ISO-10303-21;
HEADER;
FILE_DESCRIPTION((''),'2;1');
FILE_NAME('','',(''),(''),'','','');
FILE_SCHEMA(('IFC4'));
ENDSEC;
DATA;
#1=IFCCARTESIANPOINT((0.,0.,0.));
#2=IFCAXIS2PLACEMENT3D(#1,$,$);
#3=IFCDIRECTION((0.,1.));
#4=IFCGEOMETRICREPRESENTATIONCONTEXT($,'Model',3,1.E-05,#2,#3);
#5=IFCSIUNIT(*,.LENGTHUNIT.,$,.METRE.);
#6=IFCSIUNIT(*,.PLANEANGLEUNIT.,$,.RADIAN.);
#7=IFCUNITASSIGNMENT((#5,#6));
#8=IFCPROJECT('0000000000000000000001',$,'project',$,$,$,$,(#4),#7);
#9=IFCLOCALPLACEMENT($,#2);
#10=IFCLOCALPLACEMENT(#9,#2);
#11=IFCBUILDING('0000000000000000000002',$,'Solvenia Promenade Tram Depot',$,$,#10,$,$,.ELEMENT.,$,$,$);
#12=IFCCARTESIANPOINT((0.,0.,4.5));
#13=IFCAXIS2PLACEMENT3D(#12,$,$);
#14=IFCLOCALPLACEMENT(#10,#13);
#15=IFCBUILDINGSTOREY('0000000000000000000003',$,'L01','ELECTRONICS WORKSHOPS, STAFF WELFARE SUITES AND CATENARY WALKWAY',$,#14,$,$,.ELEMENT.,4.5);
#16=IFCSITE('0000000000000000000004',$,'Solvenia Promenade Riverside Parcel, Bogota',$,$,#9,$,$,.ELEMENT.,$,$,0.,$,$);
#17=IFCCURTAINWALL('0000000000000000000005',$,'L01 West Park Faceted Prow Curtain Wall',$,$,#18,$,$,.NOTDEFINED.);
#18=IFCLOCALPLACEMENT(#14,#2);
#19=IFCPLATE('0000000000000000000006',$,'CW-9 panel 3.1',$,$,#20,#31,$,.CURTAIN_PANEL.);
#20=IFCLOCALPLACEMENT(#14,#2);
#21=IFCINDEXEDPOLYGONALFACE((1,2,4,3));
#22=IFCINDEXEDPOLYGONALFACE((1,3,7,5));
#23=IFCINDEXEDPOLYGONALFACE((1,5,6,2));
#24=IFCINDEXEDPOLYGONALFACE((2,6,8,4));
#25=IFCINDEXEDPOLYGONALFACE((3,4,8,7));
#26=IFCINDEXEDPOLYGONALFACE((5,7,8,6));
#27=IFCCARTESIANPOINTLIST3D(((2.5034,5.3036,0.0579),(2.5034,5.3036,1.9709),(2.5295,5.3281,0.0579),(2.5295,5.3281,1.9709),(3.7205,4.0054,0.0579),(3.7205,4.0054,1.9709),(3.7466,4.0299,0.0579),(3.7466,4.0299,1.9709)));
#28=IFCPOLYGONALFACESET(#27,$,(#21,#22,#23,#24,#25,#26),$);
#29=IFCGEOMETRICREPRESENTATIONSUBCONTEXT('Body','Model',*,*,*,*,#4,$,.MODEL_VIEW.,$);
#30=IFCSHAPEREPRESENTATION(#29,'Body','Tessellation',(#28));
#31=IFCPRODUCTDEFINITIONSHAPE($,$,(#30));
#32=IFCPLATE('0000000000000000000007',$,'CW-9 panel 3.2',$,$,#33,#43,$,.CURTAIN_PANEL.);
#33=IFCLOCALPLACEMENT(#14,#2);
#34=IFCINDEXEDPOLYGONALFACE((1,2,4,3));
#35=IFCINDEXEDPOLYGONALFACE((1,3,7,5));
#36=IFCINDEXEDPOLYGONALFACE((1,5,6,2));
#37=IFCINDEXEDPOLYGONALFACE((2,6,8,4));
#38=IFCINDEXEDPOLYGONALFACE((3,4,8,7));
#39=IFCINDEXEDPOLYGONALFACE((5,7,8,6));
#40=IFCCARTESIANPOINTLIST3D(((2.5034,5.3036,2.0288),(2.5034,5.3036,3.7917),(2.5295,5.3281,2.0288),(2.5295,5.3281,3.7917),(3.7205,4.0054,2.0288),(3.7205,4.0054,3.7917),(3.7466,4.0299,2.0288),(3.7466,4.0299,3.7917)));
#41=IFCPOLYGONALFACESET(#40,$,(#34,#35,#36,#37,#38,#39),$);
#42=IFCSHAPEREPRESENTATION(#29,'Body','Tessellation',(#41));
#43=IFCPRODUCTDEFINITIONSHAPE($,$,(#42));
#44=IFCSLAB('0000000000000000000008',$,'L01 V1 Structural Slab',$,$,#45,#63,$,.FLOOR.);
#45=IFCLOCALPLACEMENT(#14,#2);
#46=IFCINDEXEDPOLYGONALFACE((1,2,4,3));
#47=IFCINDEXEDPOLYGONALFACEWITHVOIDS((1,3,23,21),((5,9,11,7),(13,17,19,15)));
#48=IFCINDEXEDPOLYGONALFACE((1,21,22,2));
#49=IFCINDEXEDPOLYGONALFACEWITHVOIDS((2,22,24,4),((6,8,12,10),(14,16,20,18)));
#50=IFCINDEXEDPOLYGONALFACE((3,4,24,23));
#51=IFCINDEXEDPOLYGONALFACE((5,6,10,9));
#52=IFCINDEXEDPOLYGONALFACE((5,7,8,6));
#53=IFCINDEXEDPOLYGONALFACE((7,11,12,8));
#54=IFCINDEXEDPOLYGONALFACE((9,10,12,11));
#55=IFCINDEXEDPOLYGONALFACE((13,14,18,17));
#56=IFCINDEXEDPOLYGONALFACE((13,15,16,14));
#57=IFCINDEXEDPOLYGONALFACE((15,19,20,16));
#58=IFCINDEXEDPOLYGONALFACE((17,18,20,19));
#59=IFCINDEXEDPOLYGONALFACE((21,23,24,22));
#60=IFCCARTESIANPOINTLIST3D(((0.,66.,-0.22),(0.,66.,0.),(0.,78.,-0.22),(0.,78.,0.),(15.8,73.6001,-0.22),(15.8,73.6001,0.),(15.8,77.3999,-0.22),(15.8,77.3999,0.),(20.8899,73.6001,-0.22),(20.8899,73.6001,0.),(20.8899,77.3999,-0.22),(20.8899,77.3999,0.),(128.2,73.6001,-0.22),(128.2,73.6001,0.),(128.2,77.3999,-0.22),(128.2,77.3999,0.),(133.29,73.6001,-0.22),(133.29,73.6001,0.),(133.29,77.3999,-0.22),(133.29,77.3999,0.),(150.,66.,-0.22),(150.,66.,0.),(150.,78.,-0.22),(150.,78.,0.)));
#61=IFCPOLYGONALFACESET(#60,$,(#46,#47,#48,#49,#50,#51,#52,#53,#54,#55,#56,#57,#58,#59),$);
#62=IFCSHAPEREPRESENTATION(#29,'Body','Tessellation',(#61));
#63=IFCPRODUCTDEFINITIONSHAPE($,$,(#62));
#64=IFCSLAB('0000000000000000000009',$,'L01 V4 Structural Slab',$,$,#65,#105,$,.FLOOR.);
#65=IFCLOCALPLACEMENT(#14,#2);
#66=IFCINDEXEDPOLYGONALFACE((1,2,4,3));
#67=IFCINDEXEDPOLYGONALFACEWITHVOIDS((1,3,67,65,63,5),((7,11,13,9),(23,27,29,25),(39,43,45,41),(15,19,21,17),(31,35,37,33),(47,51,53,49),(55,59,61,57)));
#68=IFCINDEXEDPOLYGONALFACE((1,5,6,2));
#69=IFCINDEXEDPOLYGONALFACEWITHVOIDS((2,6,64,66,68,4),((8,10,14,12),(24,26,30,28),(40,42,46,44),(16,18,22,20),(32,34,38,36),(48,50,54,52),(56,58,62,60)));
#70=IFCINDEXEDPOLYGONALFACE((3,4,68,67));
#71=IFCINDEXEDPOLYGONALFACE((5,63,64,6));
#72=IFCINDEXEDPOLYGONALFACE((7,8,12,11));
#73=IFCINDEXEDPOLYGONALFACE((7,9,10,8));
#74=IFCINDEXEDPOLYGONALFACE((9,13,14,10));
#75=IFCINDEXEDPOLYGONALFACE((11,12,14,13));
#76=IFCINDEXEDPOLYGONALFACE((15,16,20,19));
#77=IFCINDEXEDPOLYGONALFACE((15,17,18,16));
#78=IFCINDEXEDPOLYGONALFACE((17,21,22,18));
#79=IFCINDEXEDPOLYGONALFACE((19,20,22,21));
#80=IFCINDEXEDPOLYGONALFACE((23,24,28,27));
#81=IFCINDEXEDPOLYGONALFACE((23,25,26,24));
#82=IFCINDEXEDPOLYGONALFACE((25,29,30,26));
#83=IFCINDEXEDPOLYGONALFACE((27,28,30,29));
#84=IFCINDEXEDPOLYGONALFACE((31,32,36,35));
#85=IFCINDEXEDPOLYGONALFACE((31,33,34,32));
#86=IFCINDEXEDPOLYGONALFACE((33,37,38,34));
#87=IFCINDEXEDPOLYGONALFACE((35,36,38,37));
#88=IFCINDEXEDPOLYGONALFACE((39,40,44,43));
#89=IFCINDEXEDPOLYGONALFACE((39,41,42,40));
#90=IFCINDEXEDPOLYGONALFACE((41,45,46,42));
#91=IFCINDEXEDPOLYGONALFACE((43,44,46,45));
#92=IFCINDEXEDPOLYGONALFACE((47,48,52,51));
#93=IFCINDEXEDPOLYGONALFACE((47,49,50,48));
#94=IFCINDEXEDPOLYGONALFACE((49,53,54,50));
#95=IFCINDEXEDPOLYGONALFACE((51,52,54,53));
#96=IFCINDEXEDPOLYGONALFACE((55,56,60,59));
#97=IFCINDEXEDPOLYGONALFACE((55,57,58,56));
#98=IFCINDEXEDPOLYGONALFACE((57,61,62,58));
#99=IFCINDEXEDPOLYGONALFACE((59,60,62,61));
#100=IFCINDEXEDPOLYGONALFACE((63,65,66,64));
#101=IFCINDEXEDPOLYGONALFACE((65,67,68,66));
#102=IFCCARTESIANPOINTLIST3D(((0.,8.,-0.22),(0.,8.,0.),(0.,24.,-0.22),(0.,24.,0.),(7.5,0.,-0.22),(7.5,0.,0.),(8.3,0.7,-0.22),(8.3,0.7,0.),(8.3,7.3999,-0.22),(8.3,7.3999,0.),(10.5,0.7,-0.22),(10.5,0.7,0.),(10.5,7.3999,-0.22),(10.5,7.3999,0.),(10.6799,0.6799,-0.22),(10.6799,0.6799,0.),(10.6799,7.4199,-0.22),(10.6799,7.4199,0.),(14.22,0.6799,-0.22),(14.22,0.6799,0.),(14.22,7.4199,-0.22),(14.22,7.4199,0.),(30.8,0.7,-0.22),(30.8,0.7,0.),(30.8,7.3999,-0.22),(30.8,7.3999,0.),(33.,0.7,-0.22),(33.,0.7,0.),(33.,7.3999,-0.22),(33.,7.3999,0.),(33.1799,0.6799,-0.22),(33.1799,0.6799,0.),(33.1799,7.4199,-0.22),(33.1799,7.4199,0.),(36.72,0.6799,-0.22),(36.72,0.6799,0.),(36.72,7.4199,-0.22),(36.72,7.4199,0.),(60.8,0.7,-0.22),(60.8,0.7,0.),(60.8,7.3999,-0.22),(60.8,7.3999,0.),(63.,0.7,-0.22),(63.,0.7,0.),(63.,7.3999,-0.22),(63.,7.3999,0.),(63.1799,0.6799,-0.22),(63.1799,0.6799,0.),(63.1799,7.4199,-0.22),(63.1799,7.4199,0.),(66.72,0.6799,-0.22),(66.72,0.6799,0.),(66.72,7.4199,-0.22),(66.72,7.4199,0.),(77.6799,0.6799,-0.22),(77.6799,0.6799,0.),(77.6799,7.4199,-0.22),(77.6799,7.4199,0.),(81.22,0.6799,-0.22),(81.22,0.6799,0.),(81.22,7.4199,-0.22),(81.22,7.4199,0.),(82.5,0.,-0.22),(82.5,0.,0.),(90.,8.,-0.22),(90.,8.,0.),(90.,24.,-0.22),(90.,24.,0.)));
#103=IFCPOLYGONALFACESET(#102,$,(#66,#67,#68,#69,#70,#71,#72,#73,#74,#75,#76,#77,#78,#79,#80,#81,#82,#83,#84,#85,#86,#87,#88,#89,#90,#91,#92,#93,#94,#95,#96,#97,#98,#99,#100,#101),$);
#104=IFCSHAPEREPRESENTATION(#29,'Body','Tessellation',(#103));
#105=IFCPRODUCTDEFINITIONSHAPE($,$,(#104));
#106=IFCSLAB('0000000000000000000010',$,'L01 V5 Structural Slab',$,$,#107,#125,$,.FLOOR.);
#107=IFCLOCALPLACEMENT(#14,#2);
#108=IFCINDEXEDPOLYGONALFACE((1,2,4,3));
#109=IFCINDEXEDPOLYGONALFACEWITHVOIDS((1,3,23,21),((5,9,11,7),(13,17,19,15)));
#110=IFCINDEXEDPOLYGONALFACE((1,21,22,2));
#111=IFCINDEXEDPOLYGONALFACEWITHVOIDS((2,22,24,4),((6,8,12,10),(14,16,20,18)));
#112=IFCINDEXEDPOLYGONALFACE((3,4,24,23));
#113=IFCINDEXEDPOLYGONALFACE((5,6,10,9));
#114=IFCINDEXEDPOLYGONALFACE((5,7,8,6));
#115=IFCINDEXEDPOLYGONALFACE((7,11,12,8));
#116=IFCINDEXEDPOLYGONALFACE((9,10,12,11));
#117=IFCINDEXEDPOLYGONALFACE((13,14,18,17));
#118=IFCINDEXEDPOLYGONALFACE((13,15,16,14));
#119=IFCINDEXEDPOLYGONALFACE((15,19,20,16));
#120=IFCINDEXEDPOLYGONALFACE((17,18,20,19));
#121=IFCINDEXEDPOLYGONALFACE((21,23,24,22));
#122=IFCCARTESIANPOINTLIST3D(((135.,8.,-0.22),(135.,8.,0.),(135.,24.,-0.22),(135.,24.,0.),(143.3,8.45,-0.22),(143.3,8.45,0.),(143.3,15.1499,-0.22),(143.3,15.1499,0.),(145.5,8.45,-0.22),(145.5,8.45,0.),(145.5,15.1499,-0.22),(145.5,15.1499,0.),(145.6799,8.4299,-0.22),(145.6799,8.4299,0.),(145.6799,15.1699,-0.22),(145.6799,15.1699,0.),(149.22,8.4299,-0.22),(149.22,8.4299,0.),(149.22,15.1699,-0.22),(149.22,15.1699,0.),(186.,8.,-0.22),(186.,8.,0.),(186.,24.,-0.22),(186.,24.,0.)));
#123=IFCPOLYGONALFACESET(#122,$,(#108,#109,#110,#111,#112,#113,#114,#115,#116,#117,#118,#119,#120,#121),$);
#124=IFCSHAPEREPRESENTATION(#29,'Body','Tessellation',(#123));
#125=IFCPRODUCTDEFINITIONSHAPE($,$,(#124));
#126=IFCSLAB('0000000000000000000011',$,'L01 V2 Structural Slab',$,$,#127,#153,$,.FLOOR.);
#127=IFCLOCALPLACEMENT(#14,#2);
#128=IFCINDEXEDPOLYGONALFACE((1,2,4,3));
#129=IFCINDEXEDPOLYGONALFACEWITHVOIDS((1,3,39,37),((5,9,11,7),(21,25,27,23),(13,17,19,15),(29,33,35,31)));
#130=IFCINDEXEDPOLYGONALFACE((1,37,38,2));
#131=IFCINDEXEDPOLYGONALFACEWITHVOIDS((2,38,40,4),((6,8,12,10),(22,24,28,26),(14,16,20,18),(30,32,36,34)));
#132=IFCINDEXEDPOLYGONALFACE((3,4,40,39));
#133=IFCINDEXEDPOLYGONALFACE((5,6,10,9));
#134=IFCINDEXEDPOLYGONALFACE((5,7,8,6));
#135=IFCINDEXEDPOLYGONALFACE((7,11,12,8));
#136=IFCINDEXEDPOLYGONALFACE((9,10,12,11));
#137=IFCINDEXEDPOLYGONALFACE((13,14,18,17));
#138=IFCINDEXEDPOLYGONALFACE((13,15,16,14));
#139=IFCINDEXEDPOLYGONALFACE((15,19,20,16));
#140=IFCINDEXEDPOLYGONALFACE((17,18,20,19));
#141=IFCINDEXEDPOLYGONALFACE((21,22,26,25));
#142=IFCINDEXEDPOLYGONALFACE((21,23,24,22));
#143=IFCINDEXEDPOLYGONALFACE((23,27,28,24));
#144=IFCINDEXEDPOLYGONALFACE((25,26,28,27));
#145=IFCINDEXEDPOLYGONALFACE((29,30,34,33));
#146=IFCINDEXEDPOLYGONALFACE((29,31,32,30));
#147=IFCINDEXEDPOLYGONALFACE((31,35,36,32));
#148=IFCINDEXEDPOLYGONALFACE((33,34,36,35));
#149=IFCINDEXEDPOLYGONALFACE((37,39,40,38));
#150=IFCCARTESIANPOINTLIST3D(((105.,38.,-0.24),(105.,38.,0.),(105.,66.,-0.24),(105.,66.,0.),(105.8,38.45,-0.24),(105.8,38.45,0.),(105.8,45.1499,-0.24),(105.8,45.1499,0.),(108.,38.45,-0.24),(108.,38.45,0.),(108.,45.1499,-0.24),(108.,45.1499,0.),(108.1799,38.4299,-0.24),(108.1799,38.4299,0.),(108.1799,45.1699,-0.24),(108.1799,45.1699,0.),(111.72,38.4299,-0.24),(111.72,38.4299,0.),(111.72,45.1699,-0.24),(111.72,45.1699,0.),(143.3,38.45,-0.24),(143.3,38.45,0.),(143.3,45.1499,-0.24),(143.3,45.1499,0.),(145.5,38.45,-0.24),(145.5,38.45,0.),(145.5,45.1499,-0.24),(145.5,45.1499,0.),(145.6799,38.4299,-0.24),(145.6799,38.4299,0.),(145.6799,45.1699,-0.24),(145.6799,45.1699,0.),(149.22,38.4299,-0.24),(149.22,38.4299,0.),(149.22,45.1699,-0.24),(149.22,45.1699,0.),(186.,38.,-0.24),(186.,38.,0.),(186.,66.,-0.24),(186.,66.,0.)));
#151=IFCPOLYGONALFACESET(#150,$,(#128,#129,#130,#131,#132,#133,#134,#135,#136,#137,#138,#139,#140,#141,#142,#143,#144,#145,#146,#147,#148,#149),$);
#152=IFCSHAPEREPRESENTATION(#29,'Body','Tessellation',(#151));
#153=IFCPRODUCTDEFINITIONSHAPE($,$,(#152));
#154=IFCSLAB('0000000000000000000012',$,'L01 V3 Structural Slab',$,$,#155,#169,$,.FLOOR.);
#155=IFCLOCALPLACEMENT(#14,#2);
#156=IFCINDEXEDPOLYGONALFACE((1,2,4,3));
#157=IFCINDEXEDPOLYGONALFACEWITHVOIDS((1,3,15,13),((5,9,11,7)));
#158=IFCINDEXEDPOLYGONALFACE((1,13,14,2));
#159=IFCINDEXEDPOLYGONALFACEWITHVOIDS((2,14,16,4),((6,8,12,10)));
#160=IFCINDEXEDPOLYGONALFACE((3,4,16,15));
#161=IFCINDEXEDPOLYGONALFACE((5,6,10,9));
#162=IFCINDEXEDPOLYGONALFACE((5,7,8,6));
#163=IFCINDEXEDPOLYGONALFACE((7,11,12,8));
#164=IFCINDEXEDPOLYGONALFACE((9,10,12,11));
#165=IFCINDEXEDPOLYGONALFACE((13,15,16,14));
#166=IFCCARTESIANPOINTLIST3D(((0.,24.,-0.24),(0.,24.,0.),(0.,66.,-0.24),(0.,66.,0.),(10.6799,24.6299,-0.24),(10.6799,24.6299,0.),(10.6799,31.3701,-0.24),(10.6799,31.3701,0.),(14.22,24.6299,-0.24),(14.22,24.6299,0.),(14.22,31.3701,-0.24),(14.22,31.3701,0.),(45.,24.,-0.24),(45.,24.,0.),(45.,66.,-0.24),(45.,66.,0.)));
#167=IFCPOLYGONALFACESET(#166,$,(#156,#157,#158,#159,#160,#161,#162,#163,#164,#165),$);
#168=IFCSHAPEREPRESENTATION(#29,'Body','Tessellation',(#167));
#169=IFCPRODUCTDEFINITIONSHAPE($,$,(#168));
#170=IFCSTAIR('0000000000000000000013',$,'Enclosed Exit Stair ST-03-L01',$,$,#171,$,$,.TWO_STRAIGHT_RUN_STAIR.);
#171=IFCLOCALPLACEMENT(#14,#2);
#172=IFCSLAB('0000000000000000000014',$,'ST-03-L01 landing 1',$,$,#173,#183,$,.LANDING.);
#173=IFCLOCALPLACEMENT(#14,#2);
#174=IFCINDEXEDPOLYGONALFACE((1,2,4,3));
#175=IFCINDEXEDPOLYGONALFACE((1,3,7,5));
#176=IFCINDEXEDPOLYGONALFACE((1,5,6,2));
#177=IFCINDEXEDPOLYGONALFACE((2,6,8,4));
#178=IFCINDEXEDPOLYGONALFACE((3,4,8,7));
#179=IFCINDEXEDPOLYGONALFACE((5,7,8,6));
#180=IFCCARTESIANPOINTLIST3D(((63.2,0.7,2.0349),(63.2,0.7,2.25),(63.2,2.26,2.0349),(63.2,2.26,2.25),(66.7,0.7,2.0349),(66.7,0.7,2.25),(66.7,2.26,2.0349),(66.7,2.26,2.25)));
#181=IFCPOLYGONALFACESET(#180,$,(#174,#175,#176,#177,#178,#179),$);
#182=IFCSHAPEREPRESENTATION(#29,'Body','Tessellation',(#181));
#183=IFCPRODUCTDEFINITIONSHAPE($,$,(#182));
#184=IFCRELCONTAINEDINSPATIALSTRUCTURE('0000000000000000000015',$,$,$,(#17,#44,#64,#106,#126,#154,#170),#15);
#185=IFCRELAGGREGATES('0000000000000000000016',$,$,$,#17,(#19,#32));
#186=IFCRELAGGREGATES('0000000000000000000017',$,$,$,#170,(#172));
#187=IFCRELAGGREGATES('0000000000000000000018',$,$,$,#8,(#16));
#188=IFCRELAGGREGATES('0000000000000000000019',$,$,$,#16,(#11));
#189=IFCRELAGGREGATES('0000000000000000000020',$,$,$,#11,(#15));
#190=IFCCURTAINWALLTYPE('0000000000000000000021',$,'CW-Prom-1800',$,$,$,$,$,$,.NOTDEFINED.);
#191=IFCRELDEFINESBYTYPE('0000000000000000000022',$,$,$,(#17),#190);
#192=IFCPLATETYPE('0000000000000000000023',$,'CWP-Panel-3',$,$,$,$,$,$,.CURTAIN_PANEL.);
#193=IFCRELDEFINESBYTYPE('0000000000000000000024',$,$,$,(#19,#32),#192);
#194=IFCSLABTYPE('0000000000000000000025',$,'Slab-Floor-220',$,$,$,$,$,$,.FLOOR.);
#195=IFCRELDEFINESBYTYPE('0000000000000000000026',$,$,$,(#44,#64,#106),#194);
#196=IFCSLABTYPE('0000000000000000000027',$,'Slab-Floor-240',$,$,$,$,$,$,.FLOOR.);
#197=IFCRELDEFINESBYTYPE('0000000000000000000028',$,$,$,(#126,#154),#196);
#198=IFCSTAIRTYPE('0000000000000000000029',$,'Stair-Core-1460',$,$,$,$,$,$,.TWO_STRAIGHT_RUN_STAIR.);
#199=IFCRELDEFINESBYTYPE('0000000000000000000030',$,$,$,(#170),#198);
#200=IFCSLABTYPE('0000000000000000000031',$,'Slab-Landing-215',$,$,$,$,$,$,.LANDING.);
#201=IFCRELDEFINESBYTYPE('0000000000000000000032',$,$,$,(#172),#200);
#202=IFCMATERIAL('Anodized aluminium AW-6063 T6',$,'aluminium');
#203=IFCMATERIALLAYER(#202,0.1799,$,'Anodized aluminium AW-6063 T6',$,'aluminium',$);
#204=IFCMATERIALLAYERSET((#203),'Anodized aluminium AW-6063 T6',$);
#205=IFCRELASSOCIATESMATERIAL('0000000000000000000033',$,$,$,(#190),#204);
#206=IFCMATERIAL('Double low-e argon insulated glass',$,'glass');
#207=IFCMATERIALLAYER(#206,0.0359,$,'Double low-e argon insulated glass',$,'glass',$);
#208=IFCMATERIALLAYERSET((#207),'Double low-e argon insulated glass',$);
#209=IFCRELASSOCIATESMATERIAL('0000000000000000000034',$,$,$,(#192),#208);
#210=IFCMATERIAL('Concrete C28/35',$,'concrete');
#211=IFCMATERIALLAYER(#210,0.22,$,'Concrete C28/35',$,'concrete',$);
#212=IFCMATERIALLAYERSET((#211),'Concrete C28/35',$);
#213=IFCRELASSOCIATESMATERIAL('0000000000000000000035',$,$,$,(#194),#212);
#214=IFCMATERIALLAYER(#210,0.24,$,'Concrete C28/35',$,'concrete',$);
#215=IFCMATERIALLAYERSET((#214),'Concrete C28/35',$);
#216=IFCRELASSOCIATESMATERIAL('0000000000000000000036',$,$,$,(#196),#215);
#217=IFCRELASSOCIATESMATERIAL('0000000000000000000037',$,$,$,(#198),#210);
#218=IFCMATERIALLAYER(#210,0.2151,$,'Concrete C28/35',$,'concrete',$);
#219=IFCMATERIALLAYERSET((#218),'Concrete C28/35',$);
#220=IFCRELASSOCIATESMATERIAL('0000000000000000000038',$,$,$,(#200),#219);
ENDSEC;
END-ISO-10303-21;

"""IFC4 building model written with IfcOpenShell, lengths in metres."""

from ifc_helpers import new_model, si_unit, direction, frame, origin, origin_2d, place, context, subcontext, project, spatial, polyline, rectangle, outline, extrude, material, layer, layer_set, type_object, element, aggregate, save


model = new_model("IFC4")

# Units and contexts
model_context = context("Model", 3, precision=1e-05, world=origin(), true_north=direction((0.0, 1.0)))
body_context = subcontext(model_context, "Body", "Model", "MODEL_VIEW")
ifc_project = project(units=[si_unit("LENGTHUNIT", "METRE"), si_unit("PLANEANGLEUNIT", "RADIAN")], contexts=[model_context])

# Site, building, storey
site_placement = place(None, origin())
site = spatial("IfcSite", under=ifc_project, at=site_placement, Name="Solvenia Promenade Riverside Parcel, Bogota", CompositionType="ELEMENT", RefElevation=0.0)
building_placement = place(site_placement, origin())
building = spatial("IfcBuilding", under=site, at=building_placement, Name="Solvenia Promenade Tram Depot", CompositionType="ELEMENT")
storey_placement = place(building_placement, frame((0.0, 0.0, 4.5)))
storey = spatial("IfcBuildingStorey", under=building, at=storey_placement, Name="L01", Description="ELECTRONICS WORKSHOPS, STAFF WELFARE SUITES AND CATENARY WALKWAY", CompositionType="ELEMENT", Elevation=4.5)

# Curtain wall, plates
ifc_material_1 = material(Name="Anodized aluminium AW-6063 T6", Category="aluminium")
ifc_layer_1 = layer(ifc_material_1, 0.1799, Name="Anodized aluminium AW-6063 T6", Category="aluminium")
ifc_layer_set_1 = layer_set([ifc_layer_1], Name="Anodized aluminium AW-6063 T6")
curtain_wall_type = type_object("IfcCurtainWallType", Name="CW-Prom-1800", PredefinedType="NOTDEFINED", material=ifc_layer_set_1)
curtain_wall_placement = place(storey_placement, origin())
curtain_wall = element("IfcCurtainWall", 1, at=curtain_wall_placement, inside=storey, type_object=curtain_wall_type, Name="L01 West Park Faceted Prow Curtain Wall", PredefinedType="NOTDEFINED")
ifc_material_2 = material(Name="Double low-e argon insulated glass", Category="glass")
ifc_layer_2 = layer(ifc_material_2, 0.0359, Name="Double low-e argon insulated glass", Category="glass")
ifc_layer_set_2 = layer_set([ifc_layer_2], Name="Double low-e argon insulated glass")
plate_type = type_object("IfcPlateType", Name="CWP-Panel-3", PredefinedType="CURTAIN_PANEL", material=ifc_layer_set_2)
plate_1_placement = place(storey_placement, frame((3.125, 4.6667, 0.0579), z_axis=(0.0, 0.0, 1.0), x_axis=(0.683941, -0.729537, 0.0)))
plate_1 = element("IfcPlate", 2, at=plate_1_placement, type_object=plate_type, Name="CW-9 panel 3.1", PredefinedType="CURTAIN_PANEL", context=body_context, shape_type="SweptSolid", body=[
    extrude(rectangle(XDim=1.7795, YDim=0.0359, at=origin_2d()), origin(), (0.0, 0.0, 1.0), 1.9131),
])
plate_2_placement = place(storey_placement, frame((3.125, 4.6667, 2.0288), z_axis=(0.0, 0.0, 1.0), x_axis=(0.683941, -0.729537, 0.0)))
plate_2 = element("IfcPlate", 3, at=plate_2_placement, type_object=plate_type, Name="CW-9 panel 3.2", PredefinedType="CURTAIN_PANEL", context=body_context, shape_type="SweptSolid", body=[
    extrude(rectangle(XDim=1.7795, YDim=0.0359, at=origin_2d()), origin(), (0.0, 0.0, 1.0), 1.7629),
])
aggregate(curtain_wall, [plate_1, plate_2])

# Slabs
ifc_material_3 = material(Name="Concrete C28/35", Category="concrete")
ifc_layer_3 = layer(ifc_material_3, 0.22, Name="Concrete C28/35", Category="concrete")
ifc_layer_set_3 = layer_set([ifc_layer_3], Name="Concrete C28/35")
slab_type_1 = type_object("IfcSlabType", Name="Slab-Floor-220", PredefinedType="FLOOR", material=ifc_layer_set_3)
slab_1_placement = place(storey_placement, frame((0.0, 0.0, -0.22)))
element("IfcSlab", 4, at=slab_1_placement, inside=storey, type_object=slab_type_1, Name="L01 V1 Structural Slab", PredefinedType="FLOOR", context=body_context, shape_type="SweptSolid", body=[
    extrude(outline(polyline([(0.0, 66.0), (150.0, 66.0), (150.0, 78.0), (0.0, 78.0), (0.0, 66.0)]), holes=[polyline([(15.8, 77.3999), (20.8899, 77.3999), (20.8899, 73.6001), (15.8, 73.6001), (15.8, 77.3999)]), polyline([(128.2, 77.3999), (133.29, 77.3999), (133.29, 73.6001), (128.2, 73.6001), (128.2, 77.3999)])]), origin(), (0.0, 0.0, 1.0), 0.22),
])
slab_2_placement = place(storey_placement, frame((0.0, 0.0, -0.22)))
element("IfcSlab", 5, at=slab_2_placement, inside=storey, type_object=slab_type_1, Name="L01 V4 Structural Slab", PredefinedType="FLOOR", context=body_context, shape_type="SweptSolid", body=[
    extrude(outline(polyline([(7.5, 0.0), (82.5, 0.0), (90.0, 8.0), (90.0, 24.0), (0.0, 24.0), (0.0, 8.0), (7.5, 0.0)]), holes=[polyline([(8.3, 7.3999), (10.5, 7.3999), (10.5, 0.7), (8.3, 0.7), (8.3, 7.3999)]), polyline([(10.6799, 7.4199), (14.22, 7.4199), (14.22, 0.6799), (10.6799, 0.6799), (10.6799, 7.4199)]), polyline([(30.8, 7.3999), (33.0, 7.3999), (33.0, 0.7), (30.8, 0.7), (30.8, 7.3999)]), polyline([(33.1799, 7.4199), (36.72, 7.4199), (36.72, 0.6799), (33.1799, 0.6799), (33.1799, 7.4199)]), polyline([(60.8, 7.3999), (63.0, 7.3999), (63.0, 0.7), (60.8, 0.7), (60.8, 7.3999)]), polyline([(63.1799, 7.4199), (66.72, 7.4199), (66.72, 0.6799), (63.1799, 0.6799), (63.1799, 7.4199)]), polyline([(77.6799, 7.4199), (81.22, 7.4199), (81.22, 0.6799), (77.6799, 0.6799), (77.6799, 7.4199)])]), origin(), (0.0, 0.0, 1.0), 0.22),
])
slab_3_placement = place(storey_placement, frame((0.0, 0.0, -0.22)))
element("IfcSlab", 6, at=slab_3_placement, inside=storey, type_object=slab_type_1, Name="L01 V5 Structural Slab", PredefinedType="FLOOR", context=body_context, shape_type="SweptSolid", body=[
    extrude(outline(polyline([(135.0, 8.0), (186.0, 8.0), (186.0, 24.0), (135.0, 24.0), (135.0, 8.0)]), holes=[polyline([(143.3, 15.1499), (145.5, 15.1499), (145.5, 8.45), (143.3, 8.45), (143.3, 15.1499)]), polyline([(145.6799, 15.1699), (149.22, 15.1699), (149.22, 8.4299), (145.6799, 8.4299), (145.6799, 15.1699)])]), origin(), (0.0, 0.0, 1.0), 0.22),
])
ifc_layer_4 = layer(ifc_material_3, 0.24, Name="Concrete C28/35", Category="concrete")
ifc_layer_set_4 = layer_set([ifc_layer_4], Name="Concrete C28/35")
slab_type_2 = type_object("IfcSlabType", Name="Slab-Floor-240", PredefinedType="FLOOR", material=ifc_layer_set_4)
slab_4_placement = place(storey_placement, frame((0.0, 0.0, -0.24)))
element("IfcSlab", 7, at=slab_4_placement, inside=storey, type_object=slab_type_2, Name="L01 V2 Structural Slab", PredefinedType="FLOOR", context=body_context, shape_type="SweptSolid", body=[
    extrude(outline(polyline([(105.0, 38.0), (186.0, 38.0), (186.0, 66.0), (105.0, 66.0), (105.0, 38.0)]), holes=[polyline([(105.8, 45.1499), (108.0, 45.1499), (108.0, 38.45), (105.8, 38.45), (105.8, 45.1499)]), polyline([(108.1799, 45.1699), (111.72, 45.1699), (111.72, 38.4299), (108.1799, 38.4299), (108.1799, 45.1699)]), polyline([(143.3, 45.1499), (145.5, 45.1499), (145.5, 38.45), (143.3, 38.45), (143.3, 45.1499)]), polyline([(145.6799, 45.1699), (149.22, 45.1699), (149.22, 38.4299), (145.6799, 38.4299), (145.6799, 45.1699)])]), origin(), (0.0, 0.0, 1.0), 0.24),
])
slab_5_placement = place(storey_placement, frame((0.0, 0.0, -0.24)))
element("IfcSlab", 8, at=slab_5_placement, inside=storey, type_object=slab_type_2, Name="L01 V3 Structural Slab", PredefinedType="FLOOR", context=body_context, shape_type="SweptSolid", body=[
    extrude(outline(polyline([(0.0, 24.0), (45.0, 24.0), (45.0, 66.0), (0.0, 66.0), (0.0, 24.0)]), holes=[polyline([(10.6799, 31.3701), (14.22, 31.3701), (14.22, 24.6299), (10.6799, 24.6299), (10.6799, 31.3701)])]), origin(), (0.0, 0.0, 1.0), 0.24),
])

# Stair, slab
stair_type_1 = type_object("IfcStairType", Name="Stair-Core-1460", PredefinedType="TWO_STRAIGHT_RUN_STAIR", material=ifc_material_3)
stair_1_placement = place(storey_placement, origin())
stair_1 = element("IfcStair", 9, at=stair_1_placement, inside=storey, type_object=stair_type_1, Name="Enclosed Exit Stair ST-03-L01", PredefinedType="TWO_STRAIGHT_RUN_STAIR")
ifc_layer_5 = layer(ifc_material_3, 0.2151, Name="Concrete C28/35", Category="concrete")
ifc_layer_set_5 = layer_set([ifc_layer_5], Name="Concrete C28/35")
slab_type_3 = type_object("IfcSlabType", Name="Slab-Landing-215", PredefinedType="LANDING", material=ifc_layer_set_5)
slab_6_placement = place(storey_placement, frame((0.0, 0.0, 2.0349)))
slab_6 = element("IfcSlab", 10, at=slab_6_placement, type_object=slab_type_3, Name="ST-03-L01 landing 1", PredefinedType="LANDING", context=body_context, shape_type="SweptSolid", body=[
    extrude(outline(polyline([(63.2, 0.7), (66.7, 0.7), (66.7, 2.26), (63.2, 2.26), (63.2, 0.7)])), origin(), (0.0, 0.0, 1.0), 0.2151),
])
aggregate(stair_1, [slab_6])

save(model, "model.ifc")
